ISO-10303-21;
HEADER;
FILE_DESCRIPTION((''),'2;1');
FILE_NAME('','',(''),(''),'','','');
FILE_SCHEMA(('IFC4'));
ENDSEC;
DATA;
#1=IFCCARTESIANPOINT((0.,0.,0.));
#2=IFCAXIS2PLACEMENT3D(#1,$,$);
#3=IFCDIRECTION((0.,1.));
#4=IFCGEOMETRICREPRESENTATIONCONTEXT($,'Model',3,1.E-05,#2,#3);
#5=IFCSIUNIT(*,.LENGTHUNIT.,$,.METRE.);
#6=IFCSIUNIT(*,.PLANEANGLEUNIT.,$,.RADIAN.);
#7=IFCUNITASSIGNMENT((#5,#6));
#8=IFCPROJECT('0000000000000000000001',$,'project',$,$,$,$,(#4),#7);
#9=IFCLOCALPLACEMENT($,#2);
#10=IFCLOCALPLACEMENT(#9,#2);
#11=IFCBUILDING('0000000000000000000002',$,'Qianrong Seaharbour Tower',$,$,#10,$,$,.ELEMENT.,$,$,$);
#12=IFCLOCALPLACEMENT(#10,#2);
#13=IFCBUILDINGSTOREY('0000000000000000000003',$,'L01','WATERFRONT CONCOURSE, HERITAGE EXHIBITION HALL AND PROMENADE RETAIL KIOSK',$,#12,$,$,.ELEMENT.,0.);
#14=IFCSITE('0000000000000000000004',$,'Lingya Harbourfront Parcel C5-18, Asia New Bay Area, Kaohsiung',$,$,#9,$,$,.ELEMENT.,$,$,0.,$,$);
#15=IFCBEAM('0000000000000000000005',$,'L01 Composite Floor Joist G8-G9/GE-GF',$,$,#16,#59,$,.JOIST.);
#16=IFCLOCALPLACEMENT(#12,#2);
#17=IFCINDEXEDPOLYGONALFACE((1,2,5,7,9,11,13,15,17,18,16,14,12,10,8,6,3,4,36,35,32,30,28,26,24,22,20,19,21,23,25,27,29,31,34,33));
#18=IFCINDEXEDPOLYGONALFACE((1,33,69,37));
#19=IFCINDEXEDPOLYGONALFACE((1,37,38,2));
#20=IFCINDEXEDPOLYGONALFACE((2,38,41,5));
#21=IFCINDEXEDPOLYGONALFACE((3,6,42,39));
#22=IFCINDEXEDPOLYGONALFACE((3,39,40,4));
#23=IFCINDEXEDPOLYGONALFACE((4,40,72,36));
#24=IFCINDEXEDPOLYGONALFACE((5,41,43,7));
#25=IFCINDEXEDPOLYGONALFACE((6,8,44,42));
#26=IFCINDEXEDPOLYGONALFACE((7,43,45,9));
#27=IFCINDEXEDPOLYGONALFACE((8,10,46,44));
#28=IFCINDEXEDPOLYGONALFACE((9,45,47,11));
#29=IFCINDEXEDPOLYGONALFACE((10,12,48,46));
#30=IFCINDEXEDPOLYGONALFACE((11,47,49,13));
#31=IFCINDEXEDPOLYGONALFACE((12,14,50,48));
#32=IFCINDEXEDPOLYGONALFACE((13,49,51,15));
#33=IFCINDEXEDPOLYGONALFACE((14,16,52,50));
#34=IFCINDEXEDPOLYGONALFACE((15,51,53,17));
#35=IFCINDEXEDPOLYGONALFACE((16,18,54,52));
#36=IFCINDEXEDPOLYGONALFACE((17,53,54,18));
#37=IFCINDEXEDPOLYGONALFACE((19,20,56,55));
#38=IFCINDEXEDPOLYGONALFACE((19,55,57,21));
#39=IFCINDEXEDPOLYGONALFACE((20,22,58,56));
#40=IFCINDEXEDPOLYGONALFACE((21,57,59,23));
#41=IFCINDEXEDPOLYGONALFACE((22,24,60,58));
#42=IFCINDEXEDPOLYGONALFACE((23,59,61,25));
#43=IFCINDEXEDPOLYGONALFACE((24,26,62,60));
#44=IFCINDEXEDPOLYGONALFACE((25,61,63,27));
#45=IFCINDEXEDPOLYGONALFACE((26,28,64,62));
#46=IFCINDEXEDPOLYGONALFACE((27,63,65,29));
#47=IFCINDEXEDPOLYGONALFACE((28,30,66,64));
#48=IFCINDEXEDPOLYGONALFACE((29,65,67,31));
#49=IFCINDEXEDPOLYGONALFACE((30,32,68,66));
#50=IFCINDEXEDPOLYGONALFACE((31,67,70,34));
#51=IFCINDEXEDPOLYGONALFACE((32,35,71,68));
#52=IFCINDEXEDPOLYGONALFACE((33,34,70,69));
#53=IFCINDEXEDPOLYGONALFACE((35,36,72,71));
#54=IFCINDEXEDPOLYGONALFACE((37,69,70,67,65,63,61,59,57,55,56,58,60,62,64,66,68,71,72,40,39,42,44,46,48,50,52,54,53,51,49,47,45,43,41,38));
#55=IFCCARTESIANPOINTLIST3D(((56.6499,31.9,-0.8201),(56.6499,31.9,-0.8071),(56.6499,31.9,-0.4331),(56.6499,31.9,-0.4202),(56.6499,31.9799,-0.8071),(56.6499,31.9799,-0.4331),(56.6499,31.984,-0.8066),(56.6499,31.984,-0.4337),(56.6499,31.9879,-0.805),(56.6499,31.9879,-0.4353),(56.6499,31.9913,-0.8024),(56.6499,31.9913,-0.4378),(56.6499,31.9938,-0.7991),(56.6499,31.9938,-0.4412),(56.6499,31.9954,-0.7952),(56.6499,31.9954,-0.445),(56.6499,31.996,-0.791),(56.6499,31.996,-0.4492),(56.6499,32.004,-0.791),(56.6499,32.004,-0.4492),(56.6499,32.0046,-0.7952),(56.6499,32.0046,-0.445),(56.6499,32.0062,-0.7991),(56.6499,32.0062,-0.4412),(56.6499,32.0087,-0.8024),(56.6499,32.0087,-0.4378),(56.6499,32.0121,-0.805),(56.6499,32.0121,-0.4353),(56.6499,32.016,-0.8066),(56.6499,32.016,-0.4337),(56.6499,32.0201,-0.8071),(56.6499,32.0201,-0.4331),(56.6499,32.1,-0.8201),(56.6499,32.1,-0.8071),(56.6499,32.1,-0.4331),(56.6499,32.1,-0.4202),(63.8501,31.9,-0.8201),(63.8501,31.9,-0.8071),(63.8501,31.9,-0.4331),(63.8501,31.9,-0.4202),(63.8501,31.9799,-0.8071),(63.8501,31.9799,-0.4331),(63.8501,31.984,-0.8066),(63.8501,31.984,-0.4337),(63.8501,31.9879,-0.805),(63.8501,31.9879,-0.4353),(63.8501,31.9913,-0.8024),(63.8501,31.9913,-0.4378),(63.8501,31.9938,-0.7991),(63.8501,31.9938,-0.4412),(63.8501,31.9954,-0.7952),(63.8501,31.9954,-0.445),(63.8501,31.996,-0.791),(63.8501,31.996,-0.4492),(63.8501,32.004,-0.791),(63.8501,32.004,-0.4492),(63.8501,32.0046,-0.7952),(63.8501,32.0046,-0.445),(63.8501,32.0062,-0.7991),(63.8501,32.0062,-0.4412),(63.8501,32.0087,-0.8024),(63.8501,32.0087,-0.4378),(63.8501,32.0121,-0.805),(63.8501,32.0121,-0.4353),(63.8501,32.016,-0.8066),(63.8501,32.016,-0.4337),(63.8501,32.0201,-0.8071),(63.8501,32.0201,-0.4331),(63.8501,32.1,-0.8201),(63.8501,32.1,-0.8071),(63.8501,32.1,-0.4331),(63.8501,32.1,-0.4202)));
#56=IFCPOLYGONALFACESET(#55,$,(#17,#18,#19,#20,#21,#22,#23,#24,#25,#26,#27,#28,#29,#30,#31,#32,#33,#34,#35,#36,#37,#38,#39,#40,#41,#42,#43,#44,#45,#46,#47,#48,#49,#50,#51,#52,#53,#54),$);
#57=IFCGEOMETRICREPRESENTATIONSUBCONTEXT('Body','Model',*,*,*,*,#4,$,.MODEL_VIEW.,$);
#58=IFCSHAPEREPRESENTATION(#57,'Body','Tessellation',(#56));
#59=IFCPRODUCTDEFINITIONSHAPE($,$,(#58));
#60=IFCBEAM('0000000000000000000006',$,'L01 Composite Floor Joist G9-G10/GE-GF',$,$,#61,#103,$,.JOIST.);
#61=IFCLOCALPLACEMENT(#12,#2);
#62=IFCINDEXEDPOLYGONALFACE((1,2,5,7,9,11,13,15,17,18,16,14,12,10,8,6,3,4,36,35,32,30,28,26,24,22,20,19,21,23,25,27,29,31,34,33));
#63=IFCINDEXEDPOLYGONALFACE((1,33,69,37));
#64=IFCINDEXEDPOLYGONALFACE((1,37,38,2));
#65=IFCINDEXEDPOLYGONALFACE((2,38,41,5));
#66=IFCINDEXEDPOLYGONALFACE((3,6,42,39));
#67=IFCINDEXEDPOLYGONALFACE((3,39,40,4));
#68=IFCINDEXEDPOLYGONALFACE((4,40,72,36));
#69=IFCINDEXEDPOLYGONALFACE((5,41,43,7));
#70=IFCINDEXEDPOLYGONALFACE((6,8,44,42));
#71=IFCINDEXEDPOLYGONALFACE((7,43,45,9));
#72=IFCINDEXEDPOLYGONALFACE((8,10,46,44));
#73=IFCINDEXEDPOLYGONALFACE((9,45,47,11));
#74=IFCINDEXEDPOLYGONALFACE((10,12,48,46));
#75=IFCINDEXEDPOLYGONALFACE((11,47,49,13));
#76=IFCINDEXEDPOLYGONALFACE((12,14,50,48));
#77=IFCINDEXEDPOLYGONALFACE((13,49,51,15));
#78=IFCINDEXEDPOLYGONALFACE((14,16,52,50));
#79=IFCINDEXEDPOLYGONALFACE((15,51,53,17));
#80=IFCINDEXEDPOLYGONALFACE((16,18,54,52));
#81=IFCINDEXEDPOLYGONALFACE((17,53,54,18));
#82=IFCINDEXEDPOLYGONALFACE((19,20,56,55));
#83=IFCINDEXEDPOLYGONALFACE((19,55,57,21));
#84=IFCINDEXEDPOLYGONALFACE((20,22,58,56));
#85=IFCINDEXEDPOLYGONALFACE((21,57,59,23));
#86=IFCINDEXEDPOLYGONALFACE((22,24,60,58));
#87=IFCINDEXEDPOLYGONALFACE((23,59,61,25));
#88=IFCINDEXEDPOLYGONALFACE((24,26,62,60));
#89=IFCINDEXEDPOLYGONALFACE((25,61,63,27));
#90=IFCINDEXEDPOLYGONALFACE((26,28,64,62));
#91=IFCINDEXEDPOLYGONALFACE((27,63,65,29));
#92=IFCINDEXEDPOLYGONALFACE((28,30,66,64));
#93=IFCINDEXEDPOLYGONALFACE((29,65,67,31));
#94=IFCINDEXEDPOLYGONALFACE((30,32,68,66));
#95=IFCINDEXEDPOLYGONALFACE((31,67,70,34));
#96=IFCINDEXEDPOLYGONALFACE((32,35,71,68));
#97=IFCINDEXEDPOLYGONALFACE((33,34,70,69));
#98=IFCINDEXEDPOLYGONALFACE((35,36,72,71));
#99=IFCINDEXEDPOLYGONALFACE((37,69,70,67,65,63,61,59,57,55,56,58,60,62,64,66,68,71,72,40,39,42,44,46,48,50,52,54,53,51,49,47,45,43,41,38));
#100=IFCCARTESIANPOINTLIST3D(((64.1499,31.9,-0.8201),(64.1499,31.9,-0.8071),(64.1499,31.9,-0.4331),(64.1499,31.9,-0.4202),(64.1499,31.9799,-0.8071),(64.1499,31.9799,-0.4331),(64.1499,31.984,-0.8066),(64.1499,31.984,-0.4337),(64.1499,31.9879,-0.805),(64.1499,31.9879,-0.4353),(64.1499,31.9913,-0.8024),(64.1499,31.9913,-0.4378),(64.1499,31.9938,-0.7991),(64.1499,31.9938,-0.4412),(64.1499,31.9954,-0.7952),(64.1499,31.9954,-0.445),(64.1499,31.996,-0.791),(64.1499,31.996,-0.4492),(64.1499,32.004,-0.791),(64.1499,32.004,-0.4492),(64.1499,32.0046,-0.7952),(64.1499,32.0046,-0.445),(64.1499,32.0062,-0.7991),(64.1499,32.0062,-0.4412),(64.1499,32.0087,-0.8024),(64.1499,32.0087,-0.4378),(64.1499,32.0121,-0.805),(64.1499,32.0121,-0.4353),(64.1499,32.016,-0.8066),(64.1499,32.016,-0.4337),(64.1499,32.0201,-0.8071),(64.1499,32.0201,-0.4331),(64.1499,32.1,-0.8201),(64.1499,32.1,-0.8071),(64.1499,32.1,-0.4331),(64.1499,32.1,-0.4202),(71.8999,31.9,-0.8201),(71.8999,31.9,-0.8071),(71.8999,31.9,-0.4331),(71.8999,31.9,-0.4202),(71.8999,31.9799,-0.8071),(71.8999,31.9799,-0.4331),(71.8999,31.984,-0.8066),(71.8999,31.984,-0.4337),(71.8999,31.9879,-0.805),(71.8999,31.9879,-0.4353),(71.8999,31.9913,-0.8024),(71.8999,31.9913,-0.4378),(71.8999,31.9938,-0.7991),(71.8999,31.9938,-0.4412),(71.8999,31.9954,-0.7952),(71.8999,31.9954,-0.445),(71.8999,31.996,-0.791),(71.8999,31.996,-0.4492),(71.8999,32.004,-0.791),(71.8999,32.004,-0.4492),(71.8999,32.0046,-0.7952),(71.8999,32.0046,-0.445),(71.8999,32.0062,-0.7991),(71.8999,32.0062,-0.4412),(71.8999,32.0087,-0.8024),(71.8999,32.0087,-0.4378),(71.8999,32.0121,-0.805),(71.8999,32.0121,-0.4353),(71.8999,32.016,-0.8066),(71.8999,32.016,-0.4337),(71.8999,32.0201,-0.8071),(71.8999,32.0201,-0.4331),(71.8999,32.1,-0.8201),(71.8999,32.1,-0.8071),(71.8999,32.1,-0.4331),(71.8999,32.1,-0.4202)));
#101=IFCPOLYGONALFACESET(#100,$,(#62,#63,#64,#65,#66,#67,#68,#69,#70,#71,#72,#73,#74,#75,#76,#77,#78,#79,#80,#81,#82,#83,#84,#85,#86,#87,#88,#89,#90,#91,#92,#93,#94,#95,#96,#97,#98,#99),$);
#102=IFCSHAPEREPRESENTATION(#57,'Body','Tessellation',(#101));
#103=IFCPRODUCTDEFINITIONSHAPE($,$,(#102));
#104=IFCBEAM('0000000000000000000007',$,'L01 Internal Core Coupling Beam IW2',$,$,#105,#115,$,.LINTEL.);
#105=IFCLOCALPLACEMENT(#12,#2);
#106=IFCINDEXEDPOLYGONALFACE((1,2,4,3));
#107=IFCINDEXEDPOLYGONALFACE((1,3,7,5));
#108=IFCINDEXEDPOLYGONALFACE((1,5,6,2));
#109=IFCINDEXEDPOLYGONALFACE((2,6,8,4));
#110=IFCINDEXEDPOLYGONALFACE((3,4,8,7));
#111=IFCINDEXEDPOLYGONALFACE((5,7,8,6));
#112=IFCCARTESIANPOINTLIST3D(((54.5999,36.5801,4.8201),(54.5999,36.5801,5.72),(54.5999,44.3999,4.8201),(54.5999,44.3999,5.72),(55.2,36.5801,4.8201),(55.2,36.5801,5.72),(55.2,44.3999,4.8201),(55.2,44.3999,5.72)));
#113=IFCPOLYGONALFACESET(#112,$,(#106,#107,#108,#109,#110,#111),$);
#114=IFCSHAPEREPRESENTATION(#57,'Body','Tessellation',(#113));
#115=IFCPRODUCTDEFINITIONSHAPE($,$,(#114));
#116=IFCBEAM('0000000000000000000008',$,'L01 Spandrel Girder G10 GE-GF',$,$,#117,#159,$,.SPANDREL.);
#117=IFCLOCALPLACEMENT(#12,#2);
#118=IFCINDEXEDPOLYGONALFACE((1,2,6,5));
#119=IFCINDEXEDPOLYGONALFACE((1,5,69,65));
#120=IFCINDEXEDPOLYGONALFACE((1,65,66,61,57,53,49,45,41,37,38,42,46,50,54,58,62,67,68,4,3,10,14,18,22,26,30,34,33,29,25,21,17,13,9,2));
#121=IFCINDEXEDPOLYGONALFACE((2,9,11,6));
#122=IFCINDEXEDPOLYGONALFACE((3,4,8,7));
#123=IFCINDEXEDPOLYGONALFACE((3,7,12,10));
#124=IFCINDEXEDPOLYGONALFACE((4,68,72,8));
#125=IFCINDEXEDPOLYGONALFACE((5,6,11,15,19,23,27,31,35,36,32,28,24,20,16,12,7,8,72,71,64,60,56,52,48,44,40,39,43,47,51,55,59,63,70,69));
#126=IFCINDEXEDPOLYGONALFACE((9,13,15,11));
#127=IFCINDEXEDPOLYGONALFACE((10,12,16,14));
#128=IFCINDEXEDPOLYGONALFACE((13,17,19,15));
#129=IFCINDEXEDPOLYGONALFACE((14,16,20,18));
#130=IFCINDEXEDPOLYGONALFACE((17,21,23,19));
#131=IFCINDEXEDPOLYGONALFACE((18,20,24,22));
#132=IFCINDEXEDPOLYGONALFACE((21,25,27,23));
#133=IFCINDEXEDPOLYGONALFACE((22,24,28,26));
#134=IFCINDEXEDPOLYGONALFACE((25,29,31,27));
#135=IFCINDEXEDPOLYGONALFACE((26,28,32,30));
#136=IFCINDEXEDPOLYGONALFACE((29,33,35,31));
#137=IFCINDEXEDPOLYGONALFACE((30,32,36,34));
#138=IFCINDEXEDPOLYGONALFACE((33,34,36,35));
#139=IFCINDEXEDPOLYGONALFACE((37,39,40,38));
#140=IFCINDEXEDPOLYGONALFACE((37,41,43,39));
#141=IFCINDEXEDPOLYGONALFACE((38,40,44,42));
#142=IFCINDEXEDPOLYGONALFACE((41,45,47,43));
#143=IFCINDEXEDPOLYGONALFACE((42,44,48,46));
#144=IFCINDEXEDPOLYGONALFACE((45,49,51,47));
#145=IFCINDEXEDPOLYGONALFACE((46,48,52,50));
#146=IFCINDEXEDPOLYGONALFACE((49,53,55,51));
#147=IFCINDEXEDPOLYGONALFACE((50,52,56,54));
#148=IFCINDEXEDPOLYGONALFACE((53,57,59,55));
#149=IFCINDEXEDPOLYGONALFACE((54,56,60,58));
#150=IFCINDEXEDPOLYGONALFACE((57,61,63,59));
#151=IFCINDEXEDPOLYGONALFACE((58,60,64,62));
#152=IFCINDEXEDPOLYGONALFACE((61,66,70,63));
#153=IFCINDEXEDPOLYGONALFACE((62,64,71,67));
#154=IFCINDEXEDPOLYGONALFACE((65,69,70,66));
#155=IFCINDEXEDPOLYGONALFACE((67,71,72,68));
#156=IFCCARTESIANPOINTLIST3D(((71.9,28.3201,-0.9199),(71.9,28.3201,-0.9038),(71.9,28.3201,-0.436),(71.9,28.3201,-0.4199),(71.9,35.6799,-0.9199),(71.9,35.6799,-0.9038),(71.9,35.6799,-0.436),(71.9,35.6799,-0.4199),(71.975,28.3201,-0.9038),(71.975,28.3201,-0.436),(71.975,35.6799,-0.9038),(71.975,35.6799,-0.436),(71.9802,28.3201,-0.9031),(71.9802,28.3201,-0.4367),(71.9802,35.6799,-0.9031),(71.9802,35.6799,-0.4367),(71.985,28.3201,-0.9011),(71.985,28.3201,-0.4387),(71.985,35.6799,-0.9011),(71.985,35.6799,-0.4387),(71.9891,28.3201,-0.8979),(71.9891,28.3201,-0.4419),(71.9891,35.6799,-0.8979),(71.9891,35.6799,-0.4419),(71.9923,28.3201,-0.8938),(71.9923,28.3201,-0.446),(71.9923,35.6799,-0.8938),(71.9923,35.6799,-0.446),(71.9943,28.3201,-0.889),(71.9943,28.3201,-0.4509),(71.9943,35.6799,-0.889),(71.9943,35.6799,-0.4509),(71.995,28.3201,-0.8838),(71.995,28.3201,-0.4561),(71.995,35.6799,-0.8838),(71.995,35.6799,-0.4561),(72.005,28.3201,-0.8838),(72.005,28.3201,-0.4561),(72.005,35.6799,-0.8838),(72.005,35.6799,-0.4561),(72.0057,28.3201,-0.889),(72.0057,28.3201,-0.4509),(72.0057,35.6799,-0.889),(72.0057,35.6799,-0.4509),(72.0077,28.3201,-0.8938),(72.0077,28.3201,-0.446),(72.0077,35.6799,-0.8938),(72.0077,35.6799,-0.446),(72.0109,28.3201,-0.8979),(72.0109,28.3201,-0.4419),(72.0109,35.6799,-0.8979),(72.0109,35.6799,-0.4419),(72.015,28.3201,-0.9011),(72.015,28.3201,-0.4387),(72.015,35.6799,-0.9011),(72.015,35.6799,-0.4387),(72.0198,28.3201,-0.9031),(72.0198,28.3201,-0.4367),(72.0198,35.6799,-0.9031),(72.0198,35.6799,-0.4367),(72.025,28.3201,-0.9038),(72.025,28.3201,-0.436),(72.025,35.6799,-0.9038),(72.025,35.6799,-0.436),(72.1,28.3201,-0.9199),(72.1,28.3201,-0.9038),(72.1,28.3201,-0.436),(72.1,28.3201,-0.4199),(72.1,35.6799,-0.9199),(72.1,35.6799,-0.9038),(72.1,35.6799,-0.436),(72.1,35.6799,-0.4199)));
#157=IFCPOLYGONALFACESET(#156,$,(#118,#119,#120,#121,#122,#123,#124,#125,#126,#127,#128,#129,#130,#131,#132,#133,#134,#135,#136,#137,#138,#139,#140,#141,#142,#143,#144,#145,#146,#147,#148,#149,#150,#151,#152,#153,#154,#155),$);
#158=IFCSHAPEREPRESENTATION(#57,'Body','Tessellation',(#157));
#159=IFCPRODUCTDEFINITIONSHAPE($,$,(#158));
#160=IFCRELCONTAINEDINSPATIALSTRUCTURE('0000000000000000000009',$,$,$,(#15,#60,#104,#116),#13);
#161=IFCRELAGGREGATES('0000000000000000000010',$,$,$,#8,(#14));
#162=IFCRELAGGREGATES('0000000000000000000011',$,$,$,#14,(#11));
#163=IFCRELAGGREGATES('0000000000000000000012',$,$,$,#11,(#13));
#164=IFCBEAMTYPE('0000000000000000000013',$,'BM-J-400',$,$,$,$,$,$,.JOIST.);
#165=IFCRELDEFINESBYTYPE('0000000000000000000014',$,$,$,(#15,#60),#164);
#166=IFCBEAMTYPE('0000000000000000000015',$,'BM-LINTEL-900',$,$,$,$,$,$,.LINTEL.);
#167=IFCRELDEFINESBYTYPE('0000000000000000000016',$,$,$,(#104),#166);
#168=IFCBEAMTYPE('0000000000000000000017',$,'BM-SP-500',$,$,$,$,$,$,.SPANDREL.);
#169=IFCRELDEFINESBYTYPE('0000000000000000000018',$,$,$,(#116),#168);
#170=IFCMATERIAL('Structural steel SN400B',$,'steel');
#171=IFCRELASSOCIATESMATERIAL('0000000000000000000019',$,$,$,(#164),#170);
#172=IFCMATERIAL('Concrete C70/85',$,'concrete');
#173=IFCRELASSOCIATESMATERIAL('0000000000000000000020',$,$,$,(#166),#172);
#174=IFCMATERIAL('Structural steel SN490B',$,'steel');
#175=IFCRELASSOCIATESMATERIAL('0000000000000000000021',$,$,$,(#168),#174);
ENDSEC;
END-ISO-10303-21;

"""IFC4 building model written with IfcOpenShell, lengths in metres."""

from ifc_helpers import new_model, si_unit, direction, frame, origin, origin_2d, place, context, subcontext, project, spatial, rectangle, i_section, extrude, material, material_profile, profile_set, type_object, element, save


model = new_model("IFC4")

# Units and contexts
model_context = context("Model", 3, precision=1e-05, world=origin(), true_north=direction((0.0, 1.0)))
body_context = subcontext(model_context, "Body", "Model", "MODEL_VIEW")
ifc_project = project(units=[si_unit("LENGTHUNIT", "METRE"), si_unit("PLANEANGLEUNIT", "RADIAN")], contexts=[model_context])

# Site, building, storey
site_placement = place(None, origin())
site = spatial("IfcSite", under=ifc_project, at=site_placement, Name="Lingya Harbourfront Parcel C5-18, Asia New Bay Area, Kaohsiung", CompositionType="ELEMENT", RefElevation=0.0)
building_placement = place(site_placement, origin())
building = spatial("IfcBuilding", under=site, at=building_placement, Name="Qianrong Seaharbour Tower", CompositionType="ELEMENT")
storey_placement = place(building_placement, origin())
storey = spatial("IfcBuildingStorey", under=building, at=storey_placement, Name="L01", Description="WATERFRONT CONCOURSE, HERITAGE EXHIBITION HALL AND PROMENADE RETAIL KIOSK", CompositionType="ELEMENT", Elevation=0.0)

# Shared definitions
ifc_material_1 = material(Name="Structural steel SN490B", Category="steel")
ifc_material_2 = material(Name="Concrete C70/85", Category="concrete")

# Beams
ifc_material_3 = material(Name="Structural steel SN400B", Category="steel")
ifc_material_profile_1 = material_profile(ifc_material_3, i_section(OverallWidth=0.2, OverallDepth=0.3999, WebThickness=0.0081, FlangeThickness=0.0129, FilletRadius=0.0161, at=origin_2d()), Name="H400x200x8x13")
ifc_profile_set_1 = profile_set([ifc_material_profile_1], Name="Structural steel SN400B")
beam_type_1 = type_object("IfcBeamType", Name="BM-J-400", PredefinedType="JOIST", material=ifc_profile_set_1)
beam_1_placement = place(storey_placement, frame((56.6499, 32.0, -0.6201), z_axis=(1.0, 0.0, 0.0), x_axis=(0.0, 1.0, 0.0)))
element("IfcBeam", 1, at=beam_1_placement, inside=storey, type_object=beam_type_1, Name="L01 Composite Floor Joist G8-G9/GE-GF", PredefinedType="JOIST", context=body_context, shape_type="SweptSolid", body=[
    extrude(i_section(OverallWidth=0.2, OverallDepth=0.3999, WebThickness=0.0081, FlangeThickness=0.0129, FilletRadius=0.0161, at=origin_2d()), origin(), (0.0, 0.0, 1.0), 7.2002),
])
beam_2_placement = place(storey_placement, frame((64.1499, 32.0, -0.6201), z_axis=(1.0, 0.0, 0.0), x_axis=(0.0, 1.0, 0.0)))
element("IfcBeam", 2, at=beam_2_placement, inside=storey, type_object=beam_type_1, Name="L01 Composite Floor Joist G9-G10/GE-GF", PredefinedType="JOIST", context=body_context, shape_type="SweptSolid", body=[
    extrude(i_section(OverallWidth=0.2, OverallDepth=0.3999, WebThickness=0.0081, FlangeThickness=0.0129, FilletRadius=0.0161, at=origin_2d()), origin(), (0.0, 0.0, 1.0), 7.75),
])
ifc_material_profile_2 = material_profile(ifc_material_2, rectangle(XDim=0.6001, YDim=0.8999, at=origin_2d()), Name="RC600x900")
ifc_profile_set_2 = profile_set([ifc_material_profile_2], Name="Concrete C70/85")
beam_type_2 = type_object("IfcBeamType", Name="BM-LINTEL-900", PredefinedType="LINTEL", material=ifc_profile_set_2)
beam_3_placement = place(storey_placement, frame((54.8999, 36.5801, 5.27), z_axis=(0.0, 1.0, 0.0), x_axis=(-1.0, 0.0, 0.0)))
element("IfcBeam", 3, at=beam_3_placement, inside=storey, type_object=beam_type_2, Name="L01 Internal Core Coupling Beam IW2", PredefinedType="LINTEL", context=body_context, shape_type="SweptSolid", body=[
    extrude(rectangle(XDim=0.6001, YDim=0.8999, at=origin_2d()), origin(), (0.0, 0.0, 1.0), 7.8198),
])
ifc_material_profile_3 = material_profile(ifc_material_1, i_section(OverallWidth=0.2, OverallDepth=0.5, WebThickness=0.01, FlangeThickness=0.0161, FilletRadius=0.02, at=origin_2d()), Name="H500x200x10x16")
ifc_profile_set_3 = profile_set([ifc_material_profile_3], Name="Structural steel SN490B")
beam_type_3 = type_object("IfcBeamType", Name="BM-SP-500", PredefinedType="SPANDREL", material=ifc_profile_set_3)
for number, where, z_axis, x_axis, name in (
    (4, (72.0, 28.3201, -0.6699), (0.0, 1.0, 0.0), (-1.0, 0.0, 0.0), "L01 Spandrel Girder G10 GE-GF"),
):
    element("IfcBeam", number, at=place(storey_placement, frame(where, z_axis=z_axis, x_axis=x_axis)), inside=storey, type_object=beam_type_3, Name=name, PredefinedType="SPANDREL", context=body_context, shape_type="SweptSolid", body=[
        extrude(i_section(OverallWidth=0.2, OverallDepth=0.5, WebThickness=0.01, FlangeThickness=0.0161, FilletRadius=0.02, at=origin_2d()), origin(), (0.0, 0.0, 1.0), 7.3599),
    ])

save(model, "model.ifc")
